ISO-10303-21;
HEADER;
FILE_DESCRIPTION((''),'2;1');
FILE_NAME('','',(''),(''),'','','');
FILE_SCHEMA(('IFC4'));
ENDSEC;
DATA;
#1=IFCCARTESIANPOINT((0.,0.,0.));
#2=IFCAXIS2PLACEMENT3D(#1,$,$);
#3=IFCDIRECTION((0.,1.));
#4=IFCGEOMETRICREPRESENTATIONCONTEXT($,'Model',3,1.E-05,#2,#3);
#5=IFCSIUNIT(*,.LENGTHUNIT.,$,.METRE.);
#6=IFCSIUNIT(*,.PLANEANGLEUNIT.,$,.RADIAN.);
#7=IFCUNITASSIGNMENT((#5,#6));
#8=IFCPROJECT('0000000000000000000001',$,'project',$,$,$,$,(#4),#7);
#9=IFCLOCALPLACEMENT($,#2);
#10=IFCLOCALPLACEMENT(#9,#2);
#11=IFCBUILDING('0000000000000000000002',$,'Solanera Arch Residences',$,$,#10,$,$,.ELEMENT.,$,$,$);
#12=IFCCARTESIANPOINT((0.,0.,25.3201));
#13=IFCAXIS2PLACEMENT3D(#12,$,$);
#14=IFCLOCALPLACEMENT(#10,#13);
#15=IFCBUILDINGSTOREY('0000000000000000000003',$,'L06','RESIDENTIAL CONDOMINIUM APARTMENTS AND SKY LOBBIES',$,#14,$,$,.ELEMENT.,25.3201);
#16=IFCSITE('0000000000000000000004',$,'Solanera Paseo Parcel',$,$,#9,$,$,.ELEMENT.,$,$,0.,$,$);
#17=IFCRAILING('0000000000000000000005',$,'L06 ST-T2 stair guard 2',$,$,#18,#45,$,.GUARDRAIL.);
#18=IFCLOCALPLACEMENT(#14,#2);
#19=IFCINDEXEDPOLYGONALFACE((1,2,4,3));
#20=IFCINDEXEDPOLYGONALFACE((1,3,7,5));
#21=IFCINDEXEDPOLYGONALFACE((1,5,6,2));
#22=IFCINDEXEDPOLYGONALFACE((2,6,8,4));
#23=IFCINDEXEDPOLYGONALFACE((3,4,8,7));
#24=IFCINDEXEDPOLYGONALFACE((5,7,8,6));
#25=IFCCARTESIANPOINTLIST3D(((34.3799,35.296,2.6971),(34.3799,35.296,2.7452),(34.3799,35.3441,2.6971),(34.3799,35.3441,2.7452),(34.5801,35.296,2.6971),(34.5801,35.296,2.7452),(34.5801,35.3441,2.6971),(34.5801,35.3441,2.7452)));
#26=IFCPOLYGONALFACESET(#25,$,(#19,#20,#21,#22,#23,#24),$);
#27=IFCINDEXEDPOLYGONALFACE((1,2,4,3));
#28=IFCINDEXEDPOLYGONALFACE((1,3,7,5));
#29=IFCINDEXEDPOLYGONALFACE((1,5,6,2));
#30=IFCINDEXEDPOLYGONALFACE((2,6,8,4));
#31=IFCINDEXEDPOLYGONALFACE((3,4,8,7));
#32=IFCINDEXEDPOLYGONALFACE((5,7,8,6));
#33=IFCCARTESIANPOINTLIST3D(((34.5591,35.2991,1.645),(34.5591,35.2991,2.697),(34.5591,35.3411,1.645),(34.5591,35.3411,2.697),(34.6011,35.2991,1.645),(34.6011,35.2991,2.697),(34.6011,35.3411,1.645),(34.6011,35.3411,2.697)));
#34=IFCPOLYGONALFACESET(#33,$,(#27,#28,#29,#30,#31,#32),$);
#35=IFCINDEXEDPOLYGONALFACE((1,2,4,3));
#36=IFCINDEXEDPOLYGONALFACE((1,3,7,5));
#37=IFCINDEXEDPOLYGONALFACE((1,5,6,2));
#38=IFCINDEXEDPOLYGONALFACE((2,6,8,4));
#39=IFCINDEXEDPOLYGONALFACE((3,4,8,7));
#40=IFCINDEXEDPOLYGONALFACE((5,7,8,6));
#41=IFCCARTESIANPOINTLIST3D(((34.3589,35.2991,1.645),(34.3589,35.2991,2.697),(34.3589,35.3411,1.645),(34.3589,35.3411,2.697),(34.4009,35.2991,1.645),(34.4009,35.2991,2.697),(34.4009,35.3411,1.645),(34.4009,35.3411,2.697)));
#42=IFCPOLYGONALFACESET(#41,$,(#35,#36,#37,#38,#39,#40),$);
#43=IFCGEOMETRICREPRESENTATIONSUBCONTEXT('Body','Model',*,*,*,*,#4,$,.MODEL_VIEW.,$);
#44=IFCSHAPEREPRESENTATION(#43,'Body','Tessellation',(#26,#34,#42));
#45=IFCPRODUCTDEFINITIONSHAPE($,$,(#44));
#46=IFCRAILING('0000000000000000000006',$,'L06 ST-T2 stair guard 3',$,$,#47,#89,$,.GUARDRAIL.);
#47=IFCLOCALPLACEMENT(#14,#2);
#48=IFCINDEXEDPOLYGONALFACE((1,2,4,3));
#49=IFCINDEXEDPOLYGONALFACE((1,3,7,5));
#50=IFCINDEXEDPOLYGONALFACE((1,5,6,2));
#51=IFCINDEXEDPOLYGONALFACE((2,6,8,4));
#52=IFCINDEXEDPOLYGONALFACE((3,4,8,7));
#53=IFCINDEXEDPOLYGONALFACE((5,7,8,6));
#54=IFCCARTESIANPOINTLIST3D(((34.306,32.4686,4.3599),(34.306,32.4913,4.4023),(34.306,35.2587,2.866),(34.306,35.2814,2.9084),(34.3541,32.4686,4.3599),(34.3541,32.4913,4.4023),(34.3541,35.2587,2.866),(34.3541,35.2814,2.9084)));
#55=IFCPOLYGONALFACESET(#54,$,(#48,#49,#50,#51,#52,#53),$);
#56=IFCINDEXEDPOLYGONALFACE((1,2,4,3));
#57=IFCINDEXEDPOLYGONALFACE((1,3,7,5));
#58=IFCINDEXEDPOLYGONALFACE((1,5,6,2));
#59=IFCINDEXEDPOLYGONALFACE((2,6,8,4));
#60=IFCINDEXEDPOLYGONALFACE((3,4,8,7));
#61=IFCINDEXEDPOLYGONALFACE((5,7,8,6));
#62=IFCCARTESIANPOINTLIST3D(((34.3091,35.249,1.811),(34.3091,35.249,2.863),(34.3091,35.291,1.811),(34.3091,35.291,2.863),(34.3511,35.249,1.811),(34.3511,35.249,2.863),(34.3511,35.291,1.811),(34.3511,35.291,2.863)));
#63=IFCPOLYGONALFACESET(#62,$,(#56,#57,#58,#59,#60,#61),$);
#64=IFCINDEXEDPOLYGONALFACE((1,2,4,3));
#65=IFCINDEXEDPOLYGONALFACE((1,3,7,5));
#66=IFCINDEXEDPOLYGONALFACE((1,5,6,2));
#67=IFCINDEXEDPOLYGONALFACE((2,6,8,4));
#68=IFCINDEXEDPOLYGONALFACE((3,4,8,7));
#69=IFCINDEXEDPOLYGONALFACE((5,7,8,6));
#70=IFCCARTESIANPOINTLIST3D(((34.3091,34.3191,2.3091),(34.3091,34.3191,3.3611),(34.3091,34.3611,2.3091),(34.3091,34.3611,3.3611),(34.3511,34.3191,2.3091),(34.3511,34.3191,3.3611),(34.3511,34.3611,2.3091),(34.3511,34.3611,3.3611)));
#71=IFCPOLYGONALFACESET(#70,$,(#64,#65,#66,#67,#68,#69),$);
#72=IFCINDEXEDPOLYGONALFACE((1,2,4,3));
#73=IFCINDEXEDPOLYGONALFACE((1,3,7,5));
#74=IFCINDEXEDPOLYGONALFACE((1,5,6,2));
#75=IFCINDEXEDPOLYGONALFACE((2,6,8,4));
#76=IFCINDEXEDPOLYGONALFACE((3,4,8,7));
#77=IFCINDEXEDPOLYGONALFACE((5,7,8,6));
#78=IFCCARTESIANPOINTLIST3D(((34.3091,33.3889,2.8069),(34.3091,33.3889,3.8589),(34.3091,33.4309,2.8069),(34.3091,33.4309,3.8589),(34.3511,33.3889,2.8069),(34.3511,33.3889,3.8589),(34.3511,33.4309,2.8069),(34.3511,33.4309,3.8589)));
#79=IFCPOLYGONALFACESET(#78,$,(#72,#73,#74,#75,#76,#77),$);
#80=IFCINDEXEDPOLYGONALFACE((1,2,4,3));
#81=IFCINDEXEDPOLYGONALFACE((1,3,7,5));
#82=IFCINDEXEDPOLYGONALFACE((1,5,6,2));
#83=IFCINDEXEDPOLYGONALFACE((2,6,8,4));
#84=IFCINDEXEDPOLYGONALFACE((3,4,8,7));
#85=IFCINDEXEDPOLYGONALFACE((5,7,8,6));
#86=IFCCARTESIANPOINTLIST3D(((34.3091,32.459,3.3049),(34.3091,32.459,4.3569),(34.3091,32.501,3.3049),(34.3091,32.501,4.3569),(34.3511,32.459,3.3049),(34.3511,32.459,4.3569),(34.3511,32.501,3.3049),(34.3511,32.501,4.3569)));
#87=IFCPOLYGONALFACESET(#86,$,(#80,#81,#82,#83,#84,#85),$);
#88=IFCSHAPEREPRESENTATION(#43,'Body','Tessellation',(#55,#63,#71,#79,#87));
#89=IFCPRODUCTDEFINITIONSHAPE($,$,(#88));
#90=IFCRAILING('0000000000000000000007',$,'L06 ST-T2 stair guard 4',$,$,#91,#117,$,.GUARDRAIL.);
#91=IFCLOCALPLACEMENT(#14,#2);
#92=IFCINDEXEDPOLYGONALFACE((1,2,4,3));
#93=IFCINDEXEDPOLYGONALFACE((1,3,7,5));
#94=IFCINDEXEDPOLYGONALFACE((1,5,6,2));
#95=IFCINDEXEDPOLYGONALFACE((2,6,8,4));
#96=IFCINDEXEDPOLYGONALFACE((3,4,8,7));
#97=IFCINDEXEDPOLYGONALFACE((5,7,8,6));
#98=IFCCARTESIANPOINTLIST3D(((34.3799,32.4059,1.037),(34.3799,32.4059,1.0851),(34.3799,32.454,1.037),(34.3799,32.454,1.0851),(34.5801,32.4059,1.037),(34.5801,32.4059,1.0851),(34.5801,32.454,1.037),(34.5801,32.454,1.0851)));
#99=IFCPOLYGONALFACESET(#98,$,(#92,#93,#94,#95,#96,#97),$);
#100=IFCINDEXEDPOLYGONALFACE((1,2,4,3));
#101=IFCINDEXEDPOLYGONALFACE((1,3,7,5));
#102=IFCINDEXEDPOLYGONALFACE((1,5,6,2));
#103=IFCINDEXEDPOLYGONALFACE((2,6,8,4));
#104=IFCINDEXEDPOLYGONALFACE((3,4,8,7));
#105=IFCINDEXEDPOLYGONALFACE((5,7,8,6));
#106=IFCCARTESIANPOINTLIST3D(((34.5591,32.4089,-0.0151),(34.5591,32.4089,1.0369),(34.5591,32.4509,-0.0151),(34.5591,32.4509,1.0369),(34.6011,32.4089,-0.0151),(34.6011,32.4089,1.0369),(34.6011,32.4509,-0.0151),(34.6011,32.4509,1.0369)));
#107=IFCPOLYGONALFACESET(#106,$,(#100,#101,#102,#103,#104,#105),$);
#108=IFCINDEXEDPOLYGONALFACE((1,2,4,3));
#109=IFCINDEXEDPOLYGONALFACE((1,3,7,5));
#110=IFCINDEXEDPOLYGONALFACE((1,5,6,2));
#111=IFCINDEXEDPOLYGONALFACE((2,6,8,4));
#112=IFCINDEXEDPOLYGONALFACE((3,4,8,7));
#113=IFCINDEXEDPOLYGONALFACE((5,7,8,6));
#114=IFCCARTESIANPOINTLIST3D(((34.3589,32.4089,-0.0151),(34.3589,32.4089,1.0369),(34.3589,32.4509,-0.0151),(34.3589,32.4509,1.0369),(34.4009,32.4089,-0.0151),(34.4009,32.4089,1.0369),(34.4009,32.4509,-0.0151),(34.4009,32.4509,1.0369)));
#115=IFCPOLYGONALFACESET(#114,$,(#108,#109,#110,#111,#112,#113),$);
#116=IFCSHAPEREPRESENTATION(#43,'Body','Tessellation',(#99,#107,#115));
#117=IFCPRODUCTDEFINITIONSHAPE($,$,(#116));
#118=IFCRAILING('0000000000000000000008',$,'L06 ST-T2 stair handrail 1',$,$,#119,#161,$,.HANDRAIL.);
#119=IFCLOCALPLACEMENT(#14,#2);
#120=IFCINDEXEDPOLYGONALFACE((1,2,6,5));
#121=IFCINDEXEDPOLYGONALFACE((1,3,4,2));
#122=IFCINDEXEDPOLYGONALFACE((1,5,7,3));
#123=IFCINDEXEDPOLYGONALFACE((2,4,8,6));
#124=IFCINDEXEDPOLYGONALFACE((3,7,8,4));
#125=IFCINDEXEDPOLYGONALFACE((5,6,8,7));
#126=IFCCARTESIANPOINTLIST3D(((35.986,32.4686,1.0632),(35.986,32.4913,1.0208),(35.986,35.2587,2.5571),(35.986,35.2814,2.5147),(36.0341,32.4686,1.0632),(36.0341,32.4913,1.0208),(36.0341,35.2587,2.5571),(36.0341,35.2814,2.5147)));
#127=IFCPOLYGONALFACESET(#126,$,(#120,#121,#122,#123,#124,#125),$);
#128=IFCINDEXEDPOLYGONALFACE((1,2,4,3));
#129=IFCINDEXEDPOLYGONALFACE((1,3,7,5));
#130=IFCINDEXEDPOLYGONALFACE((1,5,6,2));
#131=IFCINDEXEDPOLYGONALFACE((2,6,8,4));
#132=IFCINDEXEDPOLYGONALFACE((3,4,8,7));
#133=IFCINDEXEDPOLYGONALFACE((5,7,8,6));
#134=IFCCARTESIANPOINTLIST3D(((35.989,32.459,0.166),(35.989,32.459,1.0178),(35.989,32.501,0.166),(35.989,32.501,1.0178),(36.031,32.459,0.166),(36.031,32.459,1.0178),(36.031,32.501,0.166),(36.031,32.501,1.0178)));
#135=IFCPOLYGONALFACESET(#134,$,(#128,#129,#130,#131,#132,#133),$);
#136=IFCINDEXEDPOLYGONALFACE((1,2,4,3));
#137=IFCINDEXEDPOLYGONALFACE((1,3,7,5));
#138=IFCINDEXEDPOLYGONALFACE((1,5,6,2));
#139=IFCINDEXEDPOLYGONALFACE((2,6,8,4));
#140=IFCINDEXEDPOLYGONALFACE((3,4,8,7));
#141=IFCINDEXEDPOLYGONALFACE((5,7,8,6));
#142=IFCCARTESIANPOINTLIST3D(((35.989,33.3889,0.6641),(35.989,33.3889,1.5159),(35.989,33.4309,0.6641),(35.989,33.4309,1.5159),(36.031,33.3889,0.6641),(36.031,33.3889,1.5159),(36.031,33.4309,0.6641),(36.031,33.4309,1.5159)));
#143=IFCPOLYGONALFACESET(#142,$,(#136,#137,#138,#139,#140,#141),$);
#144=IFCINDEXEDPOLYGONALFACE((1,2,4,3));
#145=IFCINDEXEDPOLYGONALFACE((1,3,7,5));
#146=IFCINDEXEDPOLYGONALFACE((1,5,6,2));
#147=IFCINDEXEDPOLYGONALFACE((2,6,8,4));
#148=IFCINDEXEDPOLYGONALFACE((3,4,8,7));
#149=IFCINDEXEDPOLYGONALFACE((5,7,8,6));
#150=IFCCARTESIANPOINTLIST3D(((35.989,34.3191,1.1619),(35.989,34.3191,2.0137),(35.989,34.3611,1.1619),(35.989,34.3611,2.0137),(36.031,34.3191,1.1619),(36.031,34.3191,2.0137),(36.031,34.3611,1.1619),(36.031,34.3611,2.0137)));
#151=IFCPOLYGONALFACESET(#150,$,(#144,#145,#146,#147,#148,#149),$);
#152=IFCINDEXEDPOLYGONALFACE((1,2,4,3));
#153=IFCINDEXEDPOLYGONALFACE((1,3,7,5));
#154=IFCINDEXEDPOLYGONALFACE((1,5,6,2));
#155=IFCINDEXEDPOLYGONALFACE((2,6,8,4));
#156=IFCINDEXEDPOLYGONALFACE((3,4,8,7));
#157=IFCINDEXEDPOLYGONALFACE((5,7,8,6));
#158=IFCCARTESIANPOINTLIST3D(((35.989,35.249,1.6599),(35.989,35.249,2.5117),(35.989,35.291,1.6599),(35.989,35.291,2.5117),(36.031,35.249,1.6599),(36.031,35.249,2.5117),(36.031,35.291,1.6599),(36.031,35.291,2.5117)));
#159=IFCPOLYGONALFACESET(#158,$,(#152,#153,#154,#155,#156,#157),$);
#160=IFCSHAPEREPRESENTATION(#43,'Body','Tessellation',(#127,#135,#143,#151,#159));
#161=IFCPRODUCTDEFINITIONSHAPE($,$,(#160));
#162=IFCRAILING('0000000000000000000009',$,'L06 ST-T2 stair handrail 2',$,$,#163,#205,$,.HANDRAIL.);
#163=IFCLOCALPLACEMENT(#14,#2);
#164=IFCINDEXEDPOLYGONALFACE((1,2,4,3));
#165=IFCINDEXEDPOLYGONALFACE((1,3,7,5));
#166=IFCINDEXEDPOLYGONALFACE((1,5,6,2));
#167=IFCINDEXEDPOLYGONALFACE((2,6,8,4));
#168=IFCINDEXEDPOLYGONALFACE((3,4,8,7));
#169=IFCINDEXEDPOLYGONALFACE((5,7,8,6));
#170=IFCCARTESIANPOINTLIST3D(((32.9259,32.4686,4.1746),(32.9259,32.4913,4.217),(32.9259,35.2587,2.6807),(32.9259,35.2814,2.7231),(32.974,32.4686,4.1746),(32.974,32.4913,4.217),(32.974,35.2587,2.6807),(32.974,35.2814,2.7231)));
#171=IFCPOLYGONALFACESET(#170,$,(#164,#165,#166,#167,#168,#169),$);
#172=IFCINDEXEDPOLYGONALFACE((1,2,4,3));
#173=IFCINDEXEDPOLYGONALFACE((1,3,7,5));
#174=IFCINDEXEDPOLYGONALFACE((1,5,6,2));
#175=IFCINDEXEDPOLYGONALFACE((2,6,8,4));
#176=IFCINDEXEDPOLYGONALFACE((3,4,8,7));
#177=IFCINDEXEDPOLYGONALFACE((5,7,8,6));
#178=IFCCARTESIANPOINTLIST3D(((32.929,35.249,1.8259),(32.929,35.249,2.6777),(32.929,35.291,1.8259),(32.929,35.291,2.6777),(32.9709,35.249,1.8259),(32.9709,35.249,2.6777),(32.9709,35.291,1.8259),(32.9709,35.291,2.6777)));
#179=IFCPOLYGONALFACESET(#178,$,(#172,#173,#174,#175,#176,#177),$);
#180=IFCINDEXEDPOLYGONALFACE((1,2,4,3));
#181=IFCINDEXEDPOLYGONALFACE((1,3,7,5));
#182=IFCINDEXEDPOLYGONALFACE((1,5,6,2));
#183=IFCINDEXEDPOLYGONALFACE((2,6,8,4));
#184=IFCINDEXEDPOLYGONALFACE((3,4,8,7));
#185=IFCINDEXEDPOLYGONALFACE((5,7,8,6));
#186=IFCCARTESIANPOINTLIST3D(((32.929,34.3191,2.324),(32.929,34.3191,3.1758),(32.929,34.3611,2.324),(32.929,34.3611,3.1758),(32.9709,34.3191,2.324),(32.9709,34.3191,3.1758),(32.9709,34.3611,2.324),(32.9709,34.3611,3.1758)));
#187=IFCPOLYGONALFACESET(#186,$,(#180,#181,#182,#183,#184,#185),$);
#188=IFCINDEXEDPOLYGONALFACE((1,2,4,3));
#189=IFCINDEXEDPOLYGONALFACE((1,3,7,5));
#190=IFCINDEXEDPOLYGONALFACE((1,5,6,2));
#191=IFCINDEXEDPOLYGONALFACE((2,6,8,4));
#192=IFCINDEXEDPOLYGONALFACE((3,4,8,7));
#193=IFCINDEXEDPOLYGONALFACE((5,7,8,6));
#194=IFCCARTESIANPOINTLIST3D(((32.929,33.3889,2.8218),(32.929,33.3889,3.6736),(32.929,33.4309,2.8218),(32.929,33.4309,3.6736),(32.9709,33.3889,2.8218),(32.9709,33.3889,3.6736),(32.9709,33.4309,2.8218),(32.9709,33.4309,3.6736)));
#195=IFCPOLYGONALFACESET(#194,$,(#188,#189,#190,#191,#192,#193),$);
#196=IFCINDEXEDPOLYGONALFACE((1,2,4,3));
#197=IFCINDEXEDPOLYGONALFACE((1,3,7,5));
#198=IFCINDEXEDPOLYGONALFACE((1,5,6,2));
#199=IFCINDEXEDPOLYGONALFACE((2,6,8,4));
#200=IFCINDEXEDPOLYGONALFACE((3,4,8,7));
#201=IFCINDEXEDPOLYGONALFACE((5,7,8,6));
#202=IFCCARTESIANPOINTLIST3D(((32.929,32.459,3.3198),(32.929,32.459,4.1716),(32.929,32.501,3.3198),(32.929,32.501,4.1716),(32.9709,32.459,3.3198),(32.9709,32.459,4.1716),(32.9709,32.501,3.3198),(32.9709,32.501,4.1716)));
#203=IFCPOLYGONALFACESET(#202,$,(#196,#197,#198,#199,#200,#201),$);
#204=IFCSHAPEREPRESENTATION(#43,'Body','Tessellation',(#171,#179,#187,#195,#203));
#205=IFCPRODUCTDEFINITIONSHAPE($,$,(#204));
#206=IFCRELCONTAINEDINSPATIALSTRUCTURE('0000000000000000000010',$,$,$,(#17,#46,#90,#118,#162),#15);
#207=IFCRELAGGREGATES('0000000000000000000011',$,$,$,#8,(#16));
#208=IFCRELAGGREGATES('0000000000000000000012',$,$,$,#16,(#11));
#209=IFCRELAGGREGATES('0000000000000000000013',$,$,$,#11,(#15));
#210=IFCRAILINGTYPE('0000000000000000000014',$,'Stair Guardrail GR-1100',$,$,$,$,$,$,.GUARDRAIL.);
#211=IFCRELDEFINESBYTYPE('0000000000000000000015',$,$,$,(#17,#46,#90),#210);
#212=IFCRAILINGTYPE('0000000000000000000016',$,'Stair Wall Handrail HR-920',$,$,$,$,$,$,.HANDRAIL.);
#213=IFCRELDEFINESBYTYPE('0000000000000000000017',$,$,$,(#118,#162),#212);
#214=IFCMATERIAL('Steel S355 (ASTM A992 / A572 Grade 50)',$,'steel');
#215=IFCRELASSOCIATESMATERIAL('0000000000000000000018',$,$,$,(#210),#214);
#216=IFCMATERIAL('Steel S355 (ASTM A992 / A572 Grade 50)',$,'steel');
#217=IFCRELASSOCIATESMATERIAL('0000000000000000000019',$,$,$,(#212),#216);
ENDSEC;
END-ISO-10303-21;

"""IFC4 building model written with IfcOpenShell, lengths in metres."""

from ifc_helpers import new_model, si_unit, direction, frame, origin, origin_2d, place, context, subcontext, project, spatial, rectangle, extrude, material, type_object, element, save


model = new_model("IFC4")

# Units and contexts
model_context = context("Model", 3, precision=1e-05, world=origin(), true_north=direction((0.0, 1.0)))
body_context = subcontext(model_context, "Body", "Model", "MODEL_VIEW")
ifc_project = project(units=[si_unit("LENGTHUNIT", "METRE"), si_unit("PLANEANGLEUNIT", "RADIAN")], contexts=[model_context])

# Site, building, storey
site_placement = place(None, origin())
site = spatial("IfcSite", under=ifc_project, at=site_placement, Name="Solanera Paseo Parcel", CompositionType="ELEMENT", RefElevation=0.0)
building_placement = place(site_placement, origin())
building = spatial("IfcBuilding", under=site, at=building_placement, Name="Solanera Arch Residences", CompositionType="ELEMENT")
storey_placement = place(building_placement, frame((0.0, 0.0, 25.3201)))
storey = spatial("IfcBuildingStorey", under=building, at=storey_placement, Name="L06", Description="RESIDENTIAL CONDOMINIUM APARTMENTS AND SKY LOBBIES", CompositionType="ELEMENT", Elevation=25.3201)

# Railings
ifc_material_1 = material(Name="Steel S355 (ASTM A992 / A572 Grade 50)", Category="steel")
railing_type_1 = type_object("IfcRailingType", Name="Stair Guardrail GR-1100", PredefinedType="GUARDRAIL", material=ifc_material_1)
railing_1_placement = place(storey_placement, frame((34.5801, 35.3201, 1.645)))
element("IfcRailing", 1, at=railing_1_placement, inside=storey, type_object=railing_type_1, Name="L06 ST-T2 stair guard 2", PredefinedType="GUARDRAIL", context=body_context, shape_type="SweptSolid", body=[
    extrude(rectangle(XDim=0.0481, YDim=0.0481, at=origin_2d()), frame((0.0, 0.0, 1.0762), z_axis=(-1.0, 0.0, 0.0), x_axis=(0.0, -1.0, 0.0)), (0.0, 0.0, 1.0), 0.2002),
    extrude(rectangle(XDim=0.042, YDim=0.042, at=origin_2d()), origin(), (0.0, 0.0, 1.0), 1.052),
    extrude(rectangle(XDim=0.042, YDim=0.042, at=origin_2d()), frame((-0.2002, 0.0, 0.0)), (0.0, 0.0, 1.0), 1.052),
])
railing_2_placement = place(storey_placement, frame((34.3301, 35.27, 1.811)))
element("IfcRailing", 2, at=railing_2_placement, inside=storey, type_object=railing_type_1, Name="L06 ST-T2 stair guard 3", PredefinedType="GUARDRAIL", context=body_context, shape_type="SweptSolid", body=[
    extrude(rectangle(XDim=0.0481, YDim=0.0481, at=origin_2d()), frame((0.0, 0.0, 1.0762), z_axis=(0.0, -0.881581, 0.472033), x_axis=(1.0, 0.0, 0.0)), (0.0, 0.0, 1.0), 3.1648),
    extrude(rectangle(XDim=0.042, YDim=0.042, at=origin_2d()), origin(), (0.0, 0.0, 1.0), 1.052),
    extrude(rectangle(XDim=0.042, YDim=0.042, at=origin_2d()), frame((0.0, -0.9299, 0.498)), (0.0, 0.0, 1.0), 1.052),
    extrude(rectangle(XDim=0.042, YDim=0.042, at=origin_2d()), frame((0.0, -1.8601, 0.9958)), (0.0, 0.0, 1.0), 1.052),
    extrude(rectangle(XDim=0.042, YDim=0.042, at=origin_2d()), frame((0.0, -2.79, 1.4939)), (0.0, 0.0, 1.0), 1.052),
])
railing_3_placement = place(storey_placement, frame((34.5801, 32.4299, -0.0151)))
element("IfcRailing", 3, at=railing_3_placement, inside=storey, type_object=railing_type_1, Name="L06 ST-T2 stair guard 4", PredefinedType="GUARDRAIL", context=body_context, shape_type="SweptSolid", body=[
    extrude(rectangle(XDim=0.0481, YDim=0.0481, at=origin_2d()), frame((0.0, 0.0, 1.0762), z_axis=(-1.0, 0.0, 0.0), x_axis=(0.0, -1.0, 0.0)), (0.0, 0.0, 1.0), 0.2002),
    extrude(rectangle(XDim=0.042, YDim=0.042, at=origin_2d()), origin(), (0.0, 0.0, 1.0), 1.052),
    extrude(rectangle(XDim=0.042, YDim=0.042, at=origin_2d()), frame((-0.2002, 0.0, 0.0)), (0.0, 0.0, 1.0), 1.052),
])
ifc_material_2 = material(Name="Steel S355 (ASTM A992 / A572 Grade 50)", Category="steel")
railing_type_2 = type_object("IfcRailingType", Name="Stair Wall Handrail HR-920", PredefinedType="HANDRAIL", material=ifc_material_2)
railing_4_placement = place(storey_placement, frame((36.01, 32.48, 0.166)))
element("IfcRailing", 4, at=railing_4_placement, inside=storey, type_object=railing_type_2, Name="L06 ST-T2 stair handrail 1", PredefinedType="HANDRAIL", context=body_context, shape_type="SweptSolid", body=[
    extrude(rectangle(XDim=0.0481, YDim=0.0481, at=origin_2d()), frame((0.0, 0.0, 0.876), z_axis=(0.0, 0.881581, 0.472033), x_axis=(-1.0, 0.0, 0.0)), (0.0, 0.0, 1.0), 3.1648),
    extrude(rectangle(XDim=0.042, YDim=0.042, at=origin_2d()), origin(), (0.0, 0.0, 1.0), 0.8518),
    extrude(rectangle(XDim=0.042, YDim=0.042, at=origin_2d()), frame((0.0, 0.9299, 0.498)), (0.0, 0.0, 1.0), 0.8518),
    extrude(rectangle(XDim=0.042, YDim=0.042, at=origin_2d()), frame((0.0, 1.8601, 0.9958)), (0.0, 0.0, 1.0), 0.8518),
    extrude(rectangle(XDim=0.042, YDim=0.042, at=origin_2d()), frame((0.0, 2.79, 1.4939)), (0.0, 0.0, 1.0), 0.8518),
])
railing_5_placement = place(storey_placement, frame((32.95, 35.27, 1.8259)))
element("IfcRailing", 5, at=railing_5_placement, inside=storey, type_object=railing_type_2, Name="L06 ST-T2 stair handrail 2", PredefinedType="HANDRAIL", context=body_context, shape_type="SweptSolid", body=[
    extrude(rectangle(XDim=0.0481, YDim=0.0481, at=origin_2d()), frame((0.0, 0.0, 0.876), z_axis=(0.0, -0.881581, 0.472033), x_axis=(1.0, 0.0, 0.0)), (0.0, 0.0, 1.0), 3.1648),
    extrude(rectangle(XDim=0.042, YDim=0.042, at=origin_2d()), origin(), (0.0, 0.0, 1.0), 0.8518),
    extrude(rectangle(XDim=0.042, YDim=0.042, at=origin_2d()), frame((0.0, -0.9299, 0.498)), (0.0, 0.0, 1.0), 0.8518),
    extrude(rectangle(XDim=0.042, YDim=0.042, at=origin_2d()), frame((0.0, -1.8601, 0.9958)), (0.0, 0.0, 1.0), 0.8518),
    extrude(rectangle(XDim=0.042, YDim=0.042, at=origin_2d()), frame((0.0, -2.79, 1.4939)), (0.0, 0.0, 1.0), 0.8518),
])

save(model, "model.ifc")
